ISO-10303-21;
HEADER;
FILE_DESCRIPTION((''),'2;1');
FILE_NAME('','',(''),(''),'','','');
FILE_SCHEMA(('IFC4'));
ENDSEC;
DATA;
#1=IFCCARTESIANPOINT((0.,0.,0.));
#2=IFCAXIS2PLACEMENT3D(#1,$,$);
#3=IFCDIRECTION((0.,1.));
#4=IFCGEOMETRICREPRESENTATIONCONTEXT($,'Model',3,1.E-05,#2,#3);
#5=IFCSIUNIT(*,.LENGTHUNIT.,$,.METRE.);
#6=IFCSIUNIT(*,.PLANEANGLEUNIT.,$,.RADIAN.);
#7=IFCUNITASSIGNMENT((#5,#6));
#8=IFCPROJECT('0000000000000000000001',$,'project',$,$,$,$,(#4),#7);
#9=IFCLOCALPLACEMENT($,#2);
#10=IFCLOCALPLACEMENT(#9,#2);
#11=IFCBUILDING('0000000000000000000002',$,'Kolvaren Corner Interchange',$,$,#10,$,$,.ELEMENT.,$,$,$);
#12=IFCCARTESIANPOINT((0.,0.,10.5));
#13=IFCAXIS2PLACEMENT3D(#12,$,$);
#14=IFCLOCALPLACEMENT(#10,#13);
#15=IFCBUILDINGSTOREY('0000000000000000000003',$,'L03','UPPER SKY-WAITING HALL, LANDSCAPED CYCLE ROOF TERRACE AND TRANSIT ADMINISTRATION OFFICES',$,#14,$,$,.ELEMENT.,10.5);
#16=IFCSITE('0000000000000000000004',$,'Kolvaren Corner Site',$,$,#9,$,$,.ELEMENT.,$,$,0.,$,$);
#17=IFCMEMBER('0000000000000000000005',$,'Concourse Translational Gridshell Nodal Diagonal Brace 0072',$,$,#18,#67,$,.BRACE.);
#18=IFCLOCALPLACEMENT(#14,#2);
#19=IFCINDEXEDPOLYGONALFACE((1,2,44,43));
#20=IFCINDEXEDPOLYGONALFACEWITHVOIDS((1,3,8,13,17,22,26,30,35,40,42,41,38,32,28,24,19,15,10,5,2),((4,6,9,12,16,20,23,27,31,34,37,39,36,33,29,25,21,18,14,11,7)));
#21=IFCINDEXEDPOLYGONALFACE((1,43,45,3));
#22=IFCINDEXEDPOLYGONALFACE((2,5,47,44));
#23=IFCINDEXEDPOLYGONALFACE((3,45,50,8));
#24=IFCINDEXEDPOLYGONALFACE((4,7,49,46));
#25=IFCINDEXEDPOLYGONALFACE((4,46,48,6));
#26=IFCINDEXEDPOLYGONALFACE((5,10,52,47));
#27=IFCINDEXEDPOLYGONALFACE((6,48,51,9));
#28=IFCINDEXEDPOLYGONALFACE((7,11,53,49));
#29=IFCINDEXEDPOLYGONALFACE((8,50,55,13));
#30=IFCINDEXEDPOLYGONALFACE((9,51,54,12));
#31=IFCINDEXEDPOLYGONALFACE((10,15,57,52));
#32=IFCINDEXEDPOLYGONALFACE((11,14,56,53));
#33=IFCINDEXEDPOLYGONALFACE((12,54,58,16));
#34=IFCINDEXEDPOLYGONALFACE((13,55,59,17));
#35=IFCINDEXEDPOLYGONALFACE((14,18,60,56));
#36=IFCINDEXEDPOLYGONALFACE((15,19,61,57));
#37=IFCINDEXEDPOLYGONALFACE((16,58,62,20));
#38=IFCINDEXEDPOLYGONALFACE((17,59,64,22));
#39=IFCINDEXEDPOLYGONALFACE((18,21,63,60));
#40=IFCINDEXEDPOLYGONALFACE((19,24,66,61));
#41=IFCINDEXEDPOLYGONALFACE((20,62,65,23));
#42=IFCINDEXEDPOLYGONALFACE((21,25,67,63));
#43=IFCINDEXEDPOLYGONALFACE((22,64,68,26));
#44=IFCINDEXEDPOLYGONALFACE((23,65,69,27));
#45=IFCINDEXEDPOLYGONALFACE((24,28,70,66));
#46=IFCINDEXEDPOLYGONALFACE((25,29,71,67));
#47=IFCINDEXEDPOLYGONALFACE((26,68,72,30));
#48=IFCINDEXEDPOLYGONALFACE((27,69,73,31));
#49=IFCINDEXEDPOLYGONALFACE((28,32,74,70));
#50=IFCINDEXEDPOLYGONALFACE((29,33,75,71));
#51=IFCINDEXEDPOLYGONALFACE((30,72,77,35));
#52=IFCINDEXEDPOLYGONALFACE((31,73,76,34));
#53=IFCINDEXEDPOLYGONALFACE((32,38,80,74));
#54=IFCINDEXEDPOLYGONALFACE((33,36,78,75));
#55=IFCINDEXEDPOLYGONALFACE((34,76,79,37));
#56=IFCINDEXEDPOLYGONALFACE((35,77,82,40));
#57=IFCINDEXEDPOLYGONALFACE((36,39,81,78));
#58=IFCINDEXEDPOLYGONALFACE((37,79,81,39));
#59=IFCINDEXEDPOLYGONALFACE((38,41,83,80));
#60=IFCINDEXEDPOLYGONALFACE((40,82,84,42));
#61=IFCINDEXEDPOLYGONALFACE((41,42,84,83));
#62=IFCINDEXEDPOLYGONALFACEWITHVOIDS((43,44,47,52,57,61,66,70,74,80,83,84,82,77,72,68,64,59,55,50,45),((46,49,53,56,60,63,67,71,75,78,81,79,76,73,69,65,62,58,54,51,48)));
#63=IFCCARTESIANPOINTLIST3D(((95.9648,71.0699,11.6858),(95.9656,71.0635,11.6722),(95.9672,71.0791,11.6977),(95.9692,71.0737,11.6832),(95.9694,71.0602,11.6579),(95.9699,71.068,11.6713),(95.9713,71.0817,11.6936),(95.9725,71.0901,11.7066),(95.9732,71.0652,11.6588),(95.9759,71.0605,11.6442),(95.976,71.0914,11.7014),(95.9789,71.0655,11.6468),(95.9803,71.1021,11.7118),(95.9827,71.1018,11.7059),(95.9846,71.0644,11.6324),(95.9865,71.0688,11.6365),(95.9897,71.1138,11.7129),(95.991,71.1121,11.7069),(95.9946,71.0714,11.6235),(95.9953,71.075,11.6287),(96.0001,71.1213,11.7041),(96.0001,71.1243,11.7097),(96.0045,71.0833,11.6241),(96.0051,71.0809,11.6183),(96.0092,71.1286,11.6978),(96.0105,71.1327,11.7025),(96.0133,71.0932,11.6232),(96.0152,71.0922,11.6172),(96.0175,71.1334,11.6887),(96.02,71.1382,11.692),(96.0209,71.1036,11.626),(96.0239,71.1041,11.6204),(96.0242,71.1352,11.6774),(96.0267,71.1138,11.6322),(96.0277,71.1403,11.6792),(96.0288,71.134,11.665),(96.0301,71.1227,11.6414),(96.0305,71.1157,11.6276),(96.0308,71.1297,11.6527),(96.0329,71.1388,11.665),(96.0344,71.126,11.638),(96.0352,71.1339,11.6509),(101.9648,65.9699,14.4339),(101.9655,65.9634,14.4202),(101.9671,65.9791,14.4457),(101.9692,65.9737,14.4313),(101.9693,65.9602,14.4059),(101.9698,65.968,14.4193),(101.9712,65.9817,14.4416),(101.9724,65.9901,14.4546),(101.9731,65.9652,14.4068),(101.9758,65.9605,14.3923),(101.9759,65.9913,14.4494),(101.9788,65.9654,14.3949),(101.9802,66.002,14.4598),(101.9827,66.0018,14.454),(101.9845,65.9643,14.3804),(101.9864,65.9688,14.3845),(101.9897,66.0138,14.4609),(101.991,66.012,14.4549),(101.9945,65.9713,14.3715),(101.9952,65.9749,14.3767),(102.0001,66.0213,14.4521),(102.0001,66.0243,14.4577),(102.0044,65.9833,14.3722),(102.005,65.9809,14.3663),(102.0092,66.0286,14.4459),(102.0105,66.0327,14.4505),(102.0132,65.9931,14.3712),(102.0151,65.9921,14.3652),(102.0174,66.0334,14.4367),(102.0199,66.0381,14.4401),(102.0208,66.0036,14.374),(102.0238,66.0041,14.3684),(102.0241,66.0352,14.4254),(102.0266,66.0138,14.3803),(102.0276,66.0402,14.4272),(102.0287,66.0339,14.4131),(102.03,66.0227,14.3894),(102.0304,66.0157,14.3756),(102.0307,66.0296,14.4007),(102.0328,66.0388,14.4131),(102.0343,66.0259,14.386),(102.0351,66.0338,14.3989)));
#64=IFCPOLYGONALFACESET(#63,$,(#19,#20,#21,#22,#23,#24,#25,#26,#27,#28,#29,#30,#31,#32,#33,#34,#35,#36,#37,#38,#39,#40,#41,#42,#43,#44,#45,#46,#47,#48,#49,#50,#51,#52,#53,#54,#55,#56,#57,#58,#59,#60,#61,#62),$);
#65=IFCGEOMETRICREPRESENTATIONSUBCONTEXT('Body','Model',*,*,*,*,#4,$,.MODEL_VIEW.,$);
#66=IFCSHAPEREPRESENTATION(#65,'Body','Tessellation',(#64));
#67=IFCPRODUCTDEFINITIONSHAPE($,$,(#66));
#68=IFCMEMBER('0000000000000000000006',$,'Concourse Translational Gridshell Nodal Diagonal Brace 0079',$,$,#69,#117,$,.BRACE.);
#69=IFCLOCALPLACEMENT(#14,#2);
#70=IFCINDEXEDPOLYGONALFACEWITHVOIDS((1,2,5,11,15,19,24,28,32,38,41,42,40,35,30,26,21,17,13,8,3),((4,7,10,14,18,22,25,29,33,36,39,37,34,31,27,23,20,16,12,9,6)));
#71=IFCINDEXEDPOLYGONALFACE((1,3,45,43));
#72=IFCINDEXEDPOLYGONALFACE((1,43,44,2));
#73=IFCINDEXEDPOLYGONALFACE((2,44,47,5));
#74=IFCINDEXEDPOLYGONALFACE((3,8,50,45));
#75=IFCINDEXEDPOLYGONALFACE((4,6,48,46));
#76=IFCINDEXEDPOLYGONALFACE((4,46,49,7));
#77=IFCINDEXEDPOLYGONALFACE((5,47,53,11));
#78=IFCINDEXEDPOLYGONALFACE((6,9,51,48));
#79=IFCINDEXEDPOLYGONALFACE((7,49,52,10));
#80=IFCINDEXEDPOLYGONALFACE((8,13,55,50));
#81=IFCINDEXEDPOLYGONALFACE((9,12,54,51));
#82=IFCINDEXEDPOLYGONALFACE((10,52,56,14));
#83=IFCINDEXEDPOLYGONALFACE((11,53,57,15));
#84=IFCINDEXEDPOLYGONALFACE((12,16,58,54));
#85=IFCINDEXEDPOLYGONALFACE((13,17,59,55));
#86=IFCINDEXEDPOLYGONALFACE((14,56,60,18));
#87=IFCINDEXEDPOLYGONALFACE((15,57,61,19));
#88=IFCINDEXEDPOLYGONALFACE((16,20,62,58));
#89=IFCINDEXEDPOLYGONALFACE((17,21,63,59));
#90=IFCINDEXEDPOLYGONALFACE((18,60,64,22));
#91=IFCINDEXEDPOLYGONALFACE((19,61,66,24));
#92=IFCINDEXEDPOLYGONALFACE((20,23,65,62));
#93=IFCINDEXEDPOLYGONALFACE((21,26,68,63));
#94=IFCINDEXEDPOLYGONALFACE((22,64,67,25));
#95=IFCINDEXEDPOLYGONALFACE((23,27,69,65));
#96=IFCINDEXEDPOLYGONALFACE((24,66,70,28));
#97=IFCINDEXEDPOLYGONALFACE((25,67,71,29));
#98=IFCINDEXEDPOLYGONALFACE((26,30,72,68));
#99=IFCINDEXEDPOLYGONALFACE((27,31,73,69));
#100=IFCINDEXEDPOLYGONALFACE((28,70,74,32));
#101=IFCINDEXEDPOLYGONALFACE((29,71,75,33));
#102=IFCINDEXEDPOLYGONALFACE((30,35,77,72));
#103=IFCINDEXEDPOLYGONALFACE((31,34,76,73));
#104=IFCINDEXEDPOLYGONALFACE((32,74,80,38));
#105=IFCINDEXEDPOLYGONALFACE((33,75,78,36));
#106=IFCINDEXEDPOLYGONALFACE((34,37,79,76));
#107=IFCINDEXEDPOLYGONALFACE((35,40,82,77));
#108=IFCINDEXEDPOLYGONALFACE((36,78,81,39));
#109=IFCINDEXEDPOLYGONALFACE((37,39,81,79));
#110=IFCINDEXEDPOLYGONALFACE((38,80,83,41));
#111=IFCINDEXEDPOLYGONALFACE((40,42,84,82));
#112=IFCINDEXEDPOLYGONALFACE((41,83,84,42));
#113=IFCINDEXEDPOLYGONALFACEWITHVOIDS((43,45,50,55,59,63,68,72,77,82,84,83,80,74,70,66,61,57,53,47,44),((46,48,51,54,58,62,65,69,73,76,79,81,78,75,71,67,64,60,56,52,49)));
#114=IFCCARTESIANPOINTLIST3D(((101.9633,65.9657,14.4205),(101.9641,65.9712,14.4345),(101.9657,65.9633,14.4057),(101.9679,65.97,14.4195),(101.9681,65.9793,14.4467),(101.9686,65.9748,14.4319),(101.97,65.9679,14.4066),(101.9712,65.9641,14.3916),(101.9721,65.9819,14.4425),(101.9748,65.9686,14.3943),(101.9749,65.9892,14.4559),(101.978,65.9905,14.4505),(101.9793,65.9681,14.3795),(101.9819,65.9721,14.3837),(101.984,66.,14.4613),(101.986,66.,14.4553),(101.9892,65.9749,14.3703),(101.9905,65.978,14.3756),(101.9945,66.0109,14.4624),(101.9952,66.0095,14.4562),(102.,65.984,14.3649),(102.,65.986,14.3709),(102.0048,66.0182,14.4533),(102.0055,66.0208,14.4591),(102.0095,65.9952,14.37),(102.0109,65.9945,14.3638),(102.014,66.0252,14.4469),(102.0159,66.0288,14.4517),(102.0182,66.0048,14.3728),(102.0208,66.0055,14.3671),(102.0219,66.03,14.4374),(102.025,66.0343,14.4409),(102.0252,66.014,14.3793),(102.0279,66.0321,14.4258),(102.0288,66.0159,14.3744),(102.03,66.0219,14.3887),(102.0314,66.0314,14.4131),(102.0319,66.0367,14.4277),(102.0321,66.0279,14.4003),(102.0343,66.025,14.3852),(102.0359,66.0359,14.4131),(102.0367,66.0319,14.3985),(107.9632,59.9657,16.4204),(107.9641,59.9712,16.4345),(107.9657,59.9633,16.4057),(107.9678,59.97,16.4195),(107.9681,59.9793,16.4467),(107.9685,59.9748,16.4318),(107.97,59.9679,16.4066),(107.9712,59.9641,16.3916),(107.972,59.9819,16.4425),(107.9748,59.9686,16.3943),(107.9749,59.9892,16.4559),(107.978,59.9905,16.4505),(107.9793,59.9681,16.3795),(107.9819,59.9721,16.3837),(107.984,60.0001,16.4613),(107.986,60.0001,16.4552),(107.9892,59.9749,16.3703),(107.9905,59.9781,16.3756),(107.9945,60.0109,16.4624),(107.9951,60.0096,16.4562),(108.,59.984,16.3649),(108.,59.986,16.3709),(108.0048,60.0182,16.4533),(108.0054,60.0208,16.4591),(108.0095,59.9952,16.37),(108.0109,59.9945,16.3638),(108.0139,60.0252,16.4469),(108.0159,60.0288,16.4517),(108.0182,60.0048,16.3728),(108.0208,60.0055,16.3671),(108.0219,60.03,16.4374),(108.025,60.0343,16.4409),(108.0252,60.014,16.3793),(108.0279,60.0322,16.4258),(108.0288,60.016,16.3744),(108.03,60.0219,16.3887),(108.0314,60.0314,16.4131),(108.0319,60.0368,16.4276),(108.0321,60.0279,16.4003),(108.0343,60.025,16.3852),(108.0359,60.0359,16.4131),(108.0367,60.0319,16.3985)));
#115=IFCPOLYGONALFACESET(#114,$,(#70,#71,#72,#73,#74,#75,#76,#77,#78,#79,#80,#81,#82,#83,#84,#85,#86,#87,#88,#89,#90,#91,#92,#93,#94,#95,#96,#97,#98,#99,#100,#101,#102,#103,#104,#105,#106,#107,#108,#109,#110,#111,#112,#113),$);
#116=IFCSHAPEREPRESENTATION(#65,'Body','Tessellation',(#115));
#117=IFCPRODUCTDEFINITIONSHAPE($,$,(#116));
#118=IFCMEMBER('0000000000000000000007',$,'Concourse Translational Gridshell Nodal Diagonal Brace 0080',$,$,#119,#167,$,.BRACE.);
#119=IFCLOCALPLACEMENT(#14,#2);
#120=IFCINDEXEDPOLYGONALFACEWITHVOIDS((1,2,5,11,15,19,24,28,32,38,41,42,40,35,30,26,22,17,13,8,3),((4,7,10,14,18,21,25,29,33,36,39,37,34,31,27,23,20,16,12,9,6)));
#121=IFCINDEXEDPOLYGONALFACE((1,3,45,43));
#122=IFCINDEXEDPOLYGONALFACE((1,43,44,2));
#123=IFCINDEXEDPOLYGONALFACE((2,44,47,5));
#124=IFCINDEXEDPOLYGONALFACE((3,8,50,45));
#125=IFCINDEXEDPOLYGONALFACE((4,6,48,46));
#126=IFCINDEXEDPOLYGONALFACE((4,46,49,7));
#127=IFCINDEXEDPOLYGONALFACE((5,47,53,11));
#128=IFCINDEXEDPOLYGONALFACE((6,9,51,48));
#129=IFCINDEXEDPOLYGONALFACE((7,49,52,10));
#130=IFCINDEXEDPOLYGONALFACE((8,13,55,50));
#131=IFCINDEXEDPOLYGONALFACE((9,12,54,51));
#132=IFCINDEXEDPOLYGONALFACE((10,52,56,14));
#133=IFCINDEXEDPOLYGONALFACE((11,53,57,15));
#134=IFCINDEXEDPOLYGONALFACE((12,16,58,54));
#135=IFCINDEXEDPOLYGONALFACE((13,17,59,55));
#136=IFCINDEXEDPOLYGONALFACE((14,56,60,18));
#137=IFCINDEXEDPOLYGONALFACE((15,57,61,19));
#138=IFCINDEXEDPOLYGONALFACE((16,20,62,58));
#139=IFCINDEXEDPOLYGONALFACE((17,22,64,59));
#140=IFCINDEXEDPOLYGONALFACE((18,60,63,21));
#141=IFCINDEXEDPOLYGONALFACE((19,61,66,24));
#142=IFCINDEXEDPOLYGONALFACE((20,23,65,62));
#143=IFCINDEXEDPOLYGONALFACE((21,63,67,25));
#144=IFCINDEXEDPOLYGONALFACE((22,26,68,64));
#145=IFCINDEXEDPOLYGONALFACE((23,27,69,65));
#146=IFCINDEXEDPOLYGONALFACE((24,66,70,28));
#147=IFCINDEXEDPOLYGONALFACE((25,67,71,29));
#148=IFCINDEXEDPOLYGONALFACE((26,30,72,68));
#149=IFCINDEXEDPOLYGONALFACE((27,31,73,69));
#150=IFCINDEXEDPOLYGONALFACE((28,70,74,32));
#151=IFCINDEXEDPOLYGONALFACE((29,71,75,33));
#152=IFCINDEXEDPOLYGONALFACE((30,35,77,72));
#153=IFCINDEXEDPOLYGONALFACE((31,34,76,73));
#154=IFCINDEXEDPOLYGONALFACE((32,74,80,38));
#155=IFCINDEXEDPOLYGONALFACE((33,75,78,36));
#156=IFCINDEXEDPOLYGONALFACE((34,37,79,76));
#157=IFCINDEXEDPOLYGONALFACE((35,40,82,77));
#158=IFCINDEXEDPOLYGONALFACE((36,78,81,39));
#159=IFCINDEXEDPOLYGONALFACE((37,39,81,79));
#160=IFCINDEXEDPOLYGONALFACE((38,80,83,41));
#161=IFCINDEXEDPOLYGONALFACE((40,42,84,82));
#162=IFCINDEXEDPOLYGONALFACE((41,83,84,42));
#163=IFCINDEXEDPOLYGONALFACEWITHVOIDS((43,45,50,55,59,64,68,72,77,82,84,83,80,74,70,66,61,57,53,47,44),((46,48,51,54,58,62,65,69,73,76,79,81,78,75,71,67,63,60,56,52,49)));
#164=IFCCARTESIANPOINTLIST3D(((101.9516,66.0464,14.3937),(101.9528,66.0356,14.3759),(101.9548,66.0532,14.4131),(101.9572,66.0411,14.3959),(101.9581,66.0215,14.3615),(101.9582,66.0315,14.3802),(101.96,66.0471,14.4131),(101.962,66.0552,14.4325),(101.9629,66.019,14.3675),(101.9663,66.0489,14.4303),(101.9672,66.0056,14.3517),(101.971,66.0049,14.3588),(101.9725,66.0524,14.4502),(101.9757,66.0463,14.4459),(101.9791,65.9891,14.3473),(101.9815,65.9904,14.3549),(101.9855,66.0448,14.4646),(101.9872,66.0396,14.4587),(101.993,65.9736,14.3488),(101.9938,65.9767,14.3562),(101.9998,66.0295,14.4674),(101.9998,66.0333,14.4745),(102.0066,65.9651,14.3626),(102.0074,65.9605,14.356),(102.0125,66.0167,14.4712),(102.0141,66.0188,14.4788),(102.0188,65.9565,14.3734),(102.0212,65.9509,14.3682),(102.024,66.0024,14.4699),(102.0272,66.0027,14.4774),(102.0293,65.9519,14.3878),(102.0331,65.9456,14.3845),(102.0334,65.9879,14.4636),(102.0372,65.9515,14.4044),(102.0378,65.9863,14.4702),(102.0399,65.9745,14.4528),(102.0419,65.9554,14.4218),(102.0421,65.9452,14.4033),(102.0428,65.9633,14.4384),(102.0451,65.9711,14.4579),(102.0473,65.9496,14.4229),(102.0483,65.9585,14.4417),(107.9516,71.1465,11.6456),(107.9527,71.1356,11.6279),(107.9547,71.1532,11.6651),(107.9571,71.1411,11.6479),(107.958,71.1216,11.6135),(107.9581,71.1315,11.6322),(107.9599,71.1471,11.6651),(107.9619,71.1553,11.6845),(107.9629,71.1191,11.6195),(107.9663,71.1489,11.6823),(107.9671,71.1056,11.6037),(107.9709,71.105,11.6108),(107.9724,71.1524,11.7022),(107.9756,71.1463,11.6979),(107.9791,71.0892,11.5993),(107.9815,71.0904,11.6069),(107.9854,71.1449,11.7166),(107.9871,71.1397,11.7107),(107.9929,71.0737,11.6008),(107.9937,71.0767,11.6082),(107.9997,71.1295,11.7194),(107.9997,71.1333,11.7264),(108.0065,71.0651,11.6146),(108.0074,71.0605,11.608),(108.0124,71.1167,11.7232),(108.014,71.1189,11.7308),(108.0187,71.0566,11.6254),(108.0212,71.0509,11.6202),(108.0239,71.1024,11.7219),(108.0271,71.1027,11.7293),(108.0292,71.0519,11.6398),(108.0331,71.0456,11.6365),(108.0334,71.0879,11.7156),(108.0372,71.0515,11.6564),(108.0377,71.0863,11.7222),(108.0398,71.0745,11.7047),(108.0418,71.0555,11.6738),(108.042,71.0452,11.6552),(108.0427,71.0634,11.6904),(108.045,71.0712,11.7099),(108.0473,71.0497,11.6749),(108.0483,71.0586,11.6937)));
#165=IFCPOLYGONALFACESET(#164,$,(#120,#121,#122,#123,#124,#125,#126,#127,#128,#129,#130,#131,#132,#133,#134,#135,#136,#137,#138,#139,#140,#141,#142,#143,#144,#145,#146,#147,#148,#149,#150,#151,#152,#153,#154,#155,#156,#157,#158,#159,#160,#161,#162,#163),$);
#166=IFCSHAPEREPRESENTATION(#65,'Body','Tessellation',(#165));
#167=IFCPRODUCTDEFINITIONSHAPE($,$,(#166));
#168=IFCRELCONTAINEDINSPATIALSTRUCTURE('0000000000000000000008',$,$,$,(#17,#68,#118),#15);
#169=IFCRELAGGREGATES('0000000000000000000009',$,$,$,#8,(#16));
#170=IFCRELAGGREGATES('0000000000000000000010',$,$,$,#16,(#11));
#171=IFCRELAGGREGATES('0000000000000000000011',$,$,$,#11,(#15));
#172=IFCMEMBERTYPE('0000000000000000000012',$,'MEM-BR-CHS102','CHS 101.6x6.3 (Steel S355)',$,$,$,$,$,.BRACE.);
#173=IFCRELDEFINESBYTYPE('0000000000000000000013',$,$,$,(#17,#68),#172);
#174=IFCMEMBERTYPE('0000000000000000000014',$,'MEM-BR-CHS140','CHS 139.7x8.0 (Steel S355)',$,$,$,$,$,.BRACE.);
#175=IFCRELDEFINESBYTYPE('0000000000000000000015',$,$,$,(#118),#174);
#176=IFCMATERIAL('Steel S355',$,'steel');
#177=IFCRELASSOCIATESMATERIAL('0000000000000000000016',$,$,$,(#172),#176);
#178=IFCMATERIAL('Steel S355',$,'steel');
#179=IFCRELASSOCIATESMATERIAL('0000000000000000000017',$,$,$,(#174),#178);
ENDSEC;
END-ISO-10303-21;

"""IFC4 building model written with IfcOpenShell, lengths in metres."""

from ifc_helpers import new_model, si_unit, direction, frame, origin, origin_2d, place, context, subcontext, project, spatial, hollow_circle, extrude, material, material_profile, profile_set, type_object, element, save


model = new_model("IFC4")

# Units and contexts
model_context = context("Model", 3, precision=1e-05, world=origin(), true_north=direction((0.0, 1.0)))
body_context = subcontext(model_context, "Body", "Model", "MODEL_VIEW")
ifc_project = project(units=[si_unit("LENGTHUNIT", "METRE"), si_unit("PLANEANGLEUNIT", "RADIAN")], contexts=[model_context])

# Site, building, storey
site_placement = place(None, origin())
site = spatial("IfcSite", under=ifc_project, at=site_placement, Name="Kolvaren Corner Site", CompositionType="ELEMENT", RefElevation=0.0)
building_placement = place(site_placement, origin())
building = spatial("IfcBuilding", under=site, at=building_placement, Name="Kolvaren Corner Interchange", CompositionType="ELEMENT")
storey_placement = place(building_placement, frame((0.0, 0.0, 10.5)))
storey = spatial("IfcBuildingStorey", under=building, at=storey_placement, Name="L03", Description="UPPER SKY-WAITING HALL, LANDSCAPED CYCLE ROOF TERRACE AND TRANSIT ADMINISTRATION OFFICES", CompositionType="ELEMENT", Elevation=10.5)

# Members
ifc_material_1 = material(Name="Steel S355", Category="steel")
ifc_material_profile_1 = material_profile(ifc_material_1, hollow_circle(Radius=0.0508, WallThickness=0.0063, at=origin_2d()), Name="CHS 101.6x6.3")
ifc_profile_set_1 = profile_set([ifc_material_profile_1], Name="Steel S355")
member_type_1 = type_object("IfcMemberType", Name="MEM-BR-CHS102", Description="CHS 101.6x6.3 (Steel S355)", PredefinedType="BRACE", material=ifc_profile_set_1)
member_1_placement = place(storey_placement, frame((96.0, 71.1001, 11.665), z_axis=(0.719387, -0.611491, 0.329485), x_axis=(0.647656, 0.761933, 0.0)))
element("IfcMember", 1, at=member_1_placement, inside=storey, type_object=member_type_1, Name="Concourse Translational Gridshell Nodal Diagonal Brace 0072", PredefinedType="BRACE", context=body_context, shape_type="SweptSolid", body=[
    extrude(hollow_circle(Radius=0.0508, WallThickness=0.0063, at=origin_2d()), origin(), (0.0, 0.0, 1.0), 8.3403),
])
member_2_placement = place(storey_placement, frame((102.0, 66.0, 14.4131), z_axis=(0.688247, -0.688247, 0.229416), x_axis=(0.707107, 0.707107, 0.0)))
element("IfcMember", 2, at=member_2_placement, inside=storey, type_object=member_type_1, Name="Concourse Translational Gridshell Nodal Diagonal Brace 0079", PredefinedType="BRACE", context=body_context, shape_type="SweptSolid", body=[
    extrude(hollow_circle(Radius=0.0508, WallThickness=0.0063, at=origin_2d()), origin(), (0.0, 0.0, 1.0), 8.7178),
])
ifc_material_2 = material(Name="Steel S355", Category="steel")
ifc_material_profile_2 = material_profile(ifc_material_2, hollow_circle(Radius=0.0698, WallThickness=0.0081, at=origin_2d()), Name="CHS 139.7x8.0")
ifc_profile_set_2 = profile_set([ifc_material_profile_2], Name="Steel S355")
member_type_2 = type_object("IfcMemberType", Name="MEM-BR-CHS140", Description="CHS 139.7x8.0 (Steel S355)", PredefinedType="BRACE", material=ifc_profile_set_2)
member_3_placement = place(storey_placement, frame((102.0, 66.0, 14.4131), z_axis=(0.719387, 0.611491, -0.329485), x_axis=(-0.647656, 0.761933, 0.0)))
element("IfcMember", 3, at=member_3_placement, inside=storey, type_object=member_type_2, Name="Concourse Translational Gridshell Nodal Diagonal Brace 0080", PredefinedType="BRACE", context=body_context, shape_type="SweptSolid", body=[
    extrude(hollow_circle(Radius=0.0698, WallThickness=0.0081, at=origin_2d()), origin(), (0.0, 0.0, 1.0), 8.3403),
])

save(model, "model.ifc")
